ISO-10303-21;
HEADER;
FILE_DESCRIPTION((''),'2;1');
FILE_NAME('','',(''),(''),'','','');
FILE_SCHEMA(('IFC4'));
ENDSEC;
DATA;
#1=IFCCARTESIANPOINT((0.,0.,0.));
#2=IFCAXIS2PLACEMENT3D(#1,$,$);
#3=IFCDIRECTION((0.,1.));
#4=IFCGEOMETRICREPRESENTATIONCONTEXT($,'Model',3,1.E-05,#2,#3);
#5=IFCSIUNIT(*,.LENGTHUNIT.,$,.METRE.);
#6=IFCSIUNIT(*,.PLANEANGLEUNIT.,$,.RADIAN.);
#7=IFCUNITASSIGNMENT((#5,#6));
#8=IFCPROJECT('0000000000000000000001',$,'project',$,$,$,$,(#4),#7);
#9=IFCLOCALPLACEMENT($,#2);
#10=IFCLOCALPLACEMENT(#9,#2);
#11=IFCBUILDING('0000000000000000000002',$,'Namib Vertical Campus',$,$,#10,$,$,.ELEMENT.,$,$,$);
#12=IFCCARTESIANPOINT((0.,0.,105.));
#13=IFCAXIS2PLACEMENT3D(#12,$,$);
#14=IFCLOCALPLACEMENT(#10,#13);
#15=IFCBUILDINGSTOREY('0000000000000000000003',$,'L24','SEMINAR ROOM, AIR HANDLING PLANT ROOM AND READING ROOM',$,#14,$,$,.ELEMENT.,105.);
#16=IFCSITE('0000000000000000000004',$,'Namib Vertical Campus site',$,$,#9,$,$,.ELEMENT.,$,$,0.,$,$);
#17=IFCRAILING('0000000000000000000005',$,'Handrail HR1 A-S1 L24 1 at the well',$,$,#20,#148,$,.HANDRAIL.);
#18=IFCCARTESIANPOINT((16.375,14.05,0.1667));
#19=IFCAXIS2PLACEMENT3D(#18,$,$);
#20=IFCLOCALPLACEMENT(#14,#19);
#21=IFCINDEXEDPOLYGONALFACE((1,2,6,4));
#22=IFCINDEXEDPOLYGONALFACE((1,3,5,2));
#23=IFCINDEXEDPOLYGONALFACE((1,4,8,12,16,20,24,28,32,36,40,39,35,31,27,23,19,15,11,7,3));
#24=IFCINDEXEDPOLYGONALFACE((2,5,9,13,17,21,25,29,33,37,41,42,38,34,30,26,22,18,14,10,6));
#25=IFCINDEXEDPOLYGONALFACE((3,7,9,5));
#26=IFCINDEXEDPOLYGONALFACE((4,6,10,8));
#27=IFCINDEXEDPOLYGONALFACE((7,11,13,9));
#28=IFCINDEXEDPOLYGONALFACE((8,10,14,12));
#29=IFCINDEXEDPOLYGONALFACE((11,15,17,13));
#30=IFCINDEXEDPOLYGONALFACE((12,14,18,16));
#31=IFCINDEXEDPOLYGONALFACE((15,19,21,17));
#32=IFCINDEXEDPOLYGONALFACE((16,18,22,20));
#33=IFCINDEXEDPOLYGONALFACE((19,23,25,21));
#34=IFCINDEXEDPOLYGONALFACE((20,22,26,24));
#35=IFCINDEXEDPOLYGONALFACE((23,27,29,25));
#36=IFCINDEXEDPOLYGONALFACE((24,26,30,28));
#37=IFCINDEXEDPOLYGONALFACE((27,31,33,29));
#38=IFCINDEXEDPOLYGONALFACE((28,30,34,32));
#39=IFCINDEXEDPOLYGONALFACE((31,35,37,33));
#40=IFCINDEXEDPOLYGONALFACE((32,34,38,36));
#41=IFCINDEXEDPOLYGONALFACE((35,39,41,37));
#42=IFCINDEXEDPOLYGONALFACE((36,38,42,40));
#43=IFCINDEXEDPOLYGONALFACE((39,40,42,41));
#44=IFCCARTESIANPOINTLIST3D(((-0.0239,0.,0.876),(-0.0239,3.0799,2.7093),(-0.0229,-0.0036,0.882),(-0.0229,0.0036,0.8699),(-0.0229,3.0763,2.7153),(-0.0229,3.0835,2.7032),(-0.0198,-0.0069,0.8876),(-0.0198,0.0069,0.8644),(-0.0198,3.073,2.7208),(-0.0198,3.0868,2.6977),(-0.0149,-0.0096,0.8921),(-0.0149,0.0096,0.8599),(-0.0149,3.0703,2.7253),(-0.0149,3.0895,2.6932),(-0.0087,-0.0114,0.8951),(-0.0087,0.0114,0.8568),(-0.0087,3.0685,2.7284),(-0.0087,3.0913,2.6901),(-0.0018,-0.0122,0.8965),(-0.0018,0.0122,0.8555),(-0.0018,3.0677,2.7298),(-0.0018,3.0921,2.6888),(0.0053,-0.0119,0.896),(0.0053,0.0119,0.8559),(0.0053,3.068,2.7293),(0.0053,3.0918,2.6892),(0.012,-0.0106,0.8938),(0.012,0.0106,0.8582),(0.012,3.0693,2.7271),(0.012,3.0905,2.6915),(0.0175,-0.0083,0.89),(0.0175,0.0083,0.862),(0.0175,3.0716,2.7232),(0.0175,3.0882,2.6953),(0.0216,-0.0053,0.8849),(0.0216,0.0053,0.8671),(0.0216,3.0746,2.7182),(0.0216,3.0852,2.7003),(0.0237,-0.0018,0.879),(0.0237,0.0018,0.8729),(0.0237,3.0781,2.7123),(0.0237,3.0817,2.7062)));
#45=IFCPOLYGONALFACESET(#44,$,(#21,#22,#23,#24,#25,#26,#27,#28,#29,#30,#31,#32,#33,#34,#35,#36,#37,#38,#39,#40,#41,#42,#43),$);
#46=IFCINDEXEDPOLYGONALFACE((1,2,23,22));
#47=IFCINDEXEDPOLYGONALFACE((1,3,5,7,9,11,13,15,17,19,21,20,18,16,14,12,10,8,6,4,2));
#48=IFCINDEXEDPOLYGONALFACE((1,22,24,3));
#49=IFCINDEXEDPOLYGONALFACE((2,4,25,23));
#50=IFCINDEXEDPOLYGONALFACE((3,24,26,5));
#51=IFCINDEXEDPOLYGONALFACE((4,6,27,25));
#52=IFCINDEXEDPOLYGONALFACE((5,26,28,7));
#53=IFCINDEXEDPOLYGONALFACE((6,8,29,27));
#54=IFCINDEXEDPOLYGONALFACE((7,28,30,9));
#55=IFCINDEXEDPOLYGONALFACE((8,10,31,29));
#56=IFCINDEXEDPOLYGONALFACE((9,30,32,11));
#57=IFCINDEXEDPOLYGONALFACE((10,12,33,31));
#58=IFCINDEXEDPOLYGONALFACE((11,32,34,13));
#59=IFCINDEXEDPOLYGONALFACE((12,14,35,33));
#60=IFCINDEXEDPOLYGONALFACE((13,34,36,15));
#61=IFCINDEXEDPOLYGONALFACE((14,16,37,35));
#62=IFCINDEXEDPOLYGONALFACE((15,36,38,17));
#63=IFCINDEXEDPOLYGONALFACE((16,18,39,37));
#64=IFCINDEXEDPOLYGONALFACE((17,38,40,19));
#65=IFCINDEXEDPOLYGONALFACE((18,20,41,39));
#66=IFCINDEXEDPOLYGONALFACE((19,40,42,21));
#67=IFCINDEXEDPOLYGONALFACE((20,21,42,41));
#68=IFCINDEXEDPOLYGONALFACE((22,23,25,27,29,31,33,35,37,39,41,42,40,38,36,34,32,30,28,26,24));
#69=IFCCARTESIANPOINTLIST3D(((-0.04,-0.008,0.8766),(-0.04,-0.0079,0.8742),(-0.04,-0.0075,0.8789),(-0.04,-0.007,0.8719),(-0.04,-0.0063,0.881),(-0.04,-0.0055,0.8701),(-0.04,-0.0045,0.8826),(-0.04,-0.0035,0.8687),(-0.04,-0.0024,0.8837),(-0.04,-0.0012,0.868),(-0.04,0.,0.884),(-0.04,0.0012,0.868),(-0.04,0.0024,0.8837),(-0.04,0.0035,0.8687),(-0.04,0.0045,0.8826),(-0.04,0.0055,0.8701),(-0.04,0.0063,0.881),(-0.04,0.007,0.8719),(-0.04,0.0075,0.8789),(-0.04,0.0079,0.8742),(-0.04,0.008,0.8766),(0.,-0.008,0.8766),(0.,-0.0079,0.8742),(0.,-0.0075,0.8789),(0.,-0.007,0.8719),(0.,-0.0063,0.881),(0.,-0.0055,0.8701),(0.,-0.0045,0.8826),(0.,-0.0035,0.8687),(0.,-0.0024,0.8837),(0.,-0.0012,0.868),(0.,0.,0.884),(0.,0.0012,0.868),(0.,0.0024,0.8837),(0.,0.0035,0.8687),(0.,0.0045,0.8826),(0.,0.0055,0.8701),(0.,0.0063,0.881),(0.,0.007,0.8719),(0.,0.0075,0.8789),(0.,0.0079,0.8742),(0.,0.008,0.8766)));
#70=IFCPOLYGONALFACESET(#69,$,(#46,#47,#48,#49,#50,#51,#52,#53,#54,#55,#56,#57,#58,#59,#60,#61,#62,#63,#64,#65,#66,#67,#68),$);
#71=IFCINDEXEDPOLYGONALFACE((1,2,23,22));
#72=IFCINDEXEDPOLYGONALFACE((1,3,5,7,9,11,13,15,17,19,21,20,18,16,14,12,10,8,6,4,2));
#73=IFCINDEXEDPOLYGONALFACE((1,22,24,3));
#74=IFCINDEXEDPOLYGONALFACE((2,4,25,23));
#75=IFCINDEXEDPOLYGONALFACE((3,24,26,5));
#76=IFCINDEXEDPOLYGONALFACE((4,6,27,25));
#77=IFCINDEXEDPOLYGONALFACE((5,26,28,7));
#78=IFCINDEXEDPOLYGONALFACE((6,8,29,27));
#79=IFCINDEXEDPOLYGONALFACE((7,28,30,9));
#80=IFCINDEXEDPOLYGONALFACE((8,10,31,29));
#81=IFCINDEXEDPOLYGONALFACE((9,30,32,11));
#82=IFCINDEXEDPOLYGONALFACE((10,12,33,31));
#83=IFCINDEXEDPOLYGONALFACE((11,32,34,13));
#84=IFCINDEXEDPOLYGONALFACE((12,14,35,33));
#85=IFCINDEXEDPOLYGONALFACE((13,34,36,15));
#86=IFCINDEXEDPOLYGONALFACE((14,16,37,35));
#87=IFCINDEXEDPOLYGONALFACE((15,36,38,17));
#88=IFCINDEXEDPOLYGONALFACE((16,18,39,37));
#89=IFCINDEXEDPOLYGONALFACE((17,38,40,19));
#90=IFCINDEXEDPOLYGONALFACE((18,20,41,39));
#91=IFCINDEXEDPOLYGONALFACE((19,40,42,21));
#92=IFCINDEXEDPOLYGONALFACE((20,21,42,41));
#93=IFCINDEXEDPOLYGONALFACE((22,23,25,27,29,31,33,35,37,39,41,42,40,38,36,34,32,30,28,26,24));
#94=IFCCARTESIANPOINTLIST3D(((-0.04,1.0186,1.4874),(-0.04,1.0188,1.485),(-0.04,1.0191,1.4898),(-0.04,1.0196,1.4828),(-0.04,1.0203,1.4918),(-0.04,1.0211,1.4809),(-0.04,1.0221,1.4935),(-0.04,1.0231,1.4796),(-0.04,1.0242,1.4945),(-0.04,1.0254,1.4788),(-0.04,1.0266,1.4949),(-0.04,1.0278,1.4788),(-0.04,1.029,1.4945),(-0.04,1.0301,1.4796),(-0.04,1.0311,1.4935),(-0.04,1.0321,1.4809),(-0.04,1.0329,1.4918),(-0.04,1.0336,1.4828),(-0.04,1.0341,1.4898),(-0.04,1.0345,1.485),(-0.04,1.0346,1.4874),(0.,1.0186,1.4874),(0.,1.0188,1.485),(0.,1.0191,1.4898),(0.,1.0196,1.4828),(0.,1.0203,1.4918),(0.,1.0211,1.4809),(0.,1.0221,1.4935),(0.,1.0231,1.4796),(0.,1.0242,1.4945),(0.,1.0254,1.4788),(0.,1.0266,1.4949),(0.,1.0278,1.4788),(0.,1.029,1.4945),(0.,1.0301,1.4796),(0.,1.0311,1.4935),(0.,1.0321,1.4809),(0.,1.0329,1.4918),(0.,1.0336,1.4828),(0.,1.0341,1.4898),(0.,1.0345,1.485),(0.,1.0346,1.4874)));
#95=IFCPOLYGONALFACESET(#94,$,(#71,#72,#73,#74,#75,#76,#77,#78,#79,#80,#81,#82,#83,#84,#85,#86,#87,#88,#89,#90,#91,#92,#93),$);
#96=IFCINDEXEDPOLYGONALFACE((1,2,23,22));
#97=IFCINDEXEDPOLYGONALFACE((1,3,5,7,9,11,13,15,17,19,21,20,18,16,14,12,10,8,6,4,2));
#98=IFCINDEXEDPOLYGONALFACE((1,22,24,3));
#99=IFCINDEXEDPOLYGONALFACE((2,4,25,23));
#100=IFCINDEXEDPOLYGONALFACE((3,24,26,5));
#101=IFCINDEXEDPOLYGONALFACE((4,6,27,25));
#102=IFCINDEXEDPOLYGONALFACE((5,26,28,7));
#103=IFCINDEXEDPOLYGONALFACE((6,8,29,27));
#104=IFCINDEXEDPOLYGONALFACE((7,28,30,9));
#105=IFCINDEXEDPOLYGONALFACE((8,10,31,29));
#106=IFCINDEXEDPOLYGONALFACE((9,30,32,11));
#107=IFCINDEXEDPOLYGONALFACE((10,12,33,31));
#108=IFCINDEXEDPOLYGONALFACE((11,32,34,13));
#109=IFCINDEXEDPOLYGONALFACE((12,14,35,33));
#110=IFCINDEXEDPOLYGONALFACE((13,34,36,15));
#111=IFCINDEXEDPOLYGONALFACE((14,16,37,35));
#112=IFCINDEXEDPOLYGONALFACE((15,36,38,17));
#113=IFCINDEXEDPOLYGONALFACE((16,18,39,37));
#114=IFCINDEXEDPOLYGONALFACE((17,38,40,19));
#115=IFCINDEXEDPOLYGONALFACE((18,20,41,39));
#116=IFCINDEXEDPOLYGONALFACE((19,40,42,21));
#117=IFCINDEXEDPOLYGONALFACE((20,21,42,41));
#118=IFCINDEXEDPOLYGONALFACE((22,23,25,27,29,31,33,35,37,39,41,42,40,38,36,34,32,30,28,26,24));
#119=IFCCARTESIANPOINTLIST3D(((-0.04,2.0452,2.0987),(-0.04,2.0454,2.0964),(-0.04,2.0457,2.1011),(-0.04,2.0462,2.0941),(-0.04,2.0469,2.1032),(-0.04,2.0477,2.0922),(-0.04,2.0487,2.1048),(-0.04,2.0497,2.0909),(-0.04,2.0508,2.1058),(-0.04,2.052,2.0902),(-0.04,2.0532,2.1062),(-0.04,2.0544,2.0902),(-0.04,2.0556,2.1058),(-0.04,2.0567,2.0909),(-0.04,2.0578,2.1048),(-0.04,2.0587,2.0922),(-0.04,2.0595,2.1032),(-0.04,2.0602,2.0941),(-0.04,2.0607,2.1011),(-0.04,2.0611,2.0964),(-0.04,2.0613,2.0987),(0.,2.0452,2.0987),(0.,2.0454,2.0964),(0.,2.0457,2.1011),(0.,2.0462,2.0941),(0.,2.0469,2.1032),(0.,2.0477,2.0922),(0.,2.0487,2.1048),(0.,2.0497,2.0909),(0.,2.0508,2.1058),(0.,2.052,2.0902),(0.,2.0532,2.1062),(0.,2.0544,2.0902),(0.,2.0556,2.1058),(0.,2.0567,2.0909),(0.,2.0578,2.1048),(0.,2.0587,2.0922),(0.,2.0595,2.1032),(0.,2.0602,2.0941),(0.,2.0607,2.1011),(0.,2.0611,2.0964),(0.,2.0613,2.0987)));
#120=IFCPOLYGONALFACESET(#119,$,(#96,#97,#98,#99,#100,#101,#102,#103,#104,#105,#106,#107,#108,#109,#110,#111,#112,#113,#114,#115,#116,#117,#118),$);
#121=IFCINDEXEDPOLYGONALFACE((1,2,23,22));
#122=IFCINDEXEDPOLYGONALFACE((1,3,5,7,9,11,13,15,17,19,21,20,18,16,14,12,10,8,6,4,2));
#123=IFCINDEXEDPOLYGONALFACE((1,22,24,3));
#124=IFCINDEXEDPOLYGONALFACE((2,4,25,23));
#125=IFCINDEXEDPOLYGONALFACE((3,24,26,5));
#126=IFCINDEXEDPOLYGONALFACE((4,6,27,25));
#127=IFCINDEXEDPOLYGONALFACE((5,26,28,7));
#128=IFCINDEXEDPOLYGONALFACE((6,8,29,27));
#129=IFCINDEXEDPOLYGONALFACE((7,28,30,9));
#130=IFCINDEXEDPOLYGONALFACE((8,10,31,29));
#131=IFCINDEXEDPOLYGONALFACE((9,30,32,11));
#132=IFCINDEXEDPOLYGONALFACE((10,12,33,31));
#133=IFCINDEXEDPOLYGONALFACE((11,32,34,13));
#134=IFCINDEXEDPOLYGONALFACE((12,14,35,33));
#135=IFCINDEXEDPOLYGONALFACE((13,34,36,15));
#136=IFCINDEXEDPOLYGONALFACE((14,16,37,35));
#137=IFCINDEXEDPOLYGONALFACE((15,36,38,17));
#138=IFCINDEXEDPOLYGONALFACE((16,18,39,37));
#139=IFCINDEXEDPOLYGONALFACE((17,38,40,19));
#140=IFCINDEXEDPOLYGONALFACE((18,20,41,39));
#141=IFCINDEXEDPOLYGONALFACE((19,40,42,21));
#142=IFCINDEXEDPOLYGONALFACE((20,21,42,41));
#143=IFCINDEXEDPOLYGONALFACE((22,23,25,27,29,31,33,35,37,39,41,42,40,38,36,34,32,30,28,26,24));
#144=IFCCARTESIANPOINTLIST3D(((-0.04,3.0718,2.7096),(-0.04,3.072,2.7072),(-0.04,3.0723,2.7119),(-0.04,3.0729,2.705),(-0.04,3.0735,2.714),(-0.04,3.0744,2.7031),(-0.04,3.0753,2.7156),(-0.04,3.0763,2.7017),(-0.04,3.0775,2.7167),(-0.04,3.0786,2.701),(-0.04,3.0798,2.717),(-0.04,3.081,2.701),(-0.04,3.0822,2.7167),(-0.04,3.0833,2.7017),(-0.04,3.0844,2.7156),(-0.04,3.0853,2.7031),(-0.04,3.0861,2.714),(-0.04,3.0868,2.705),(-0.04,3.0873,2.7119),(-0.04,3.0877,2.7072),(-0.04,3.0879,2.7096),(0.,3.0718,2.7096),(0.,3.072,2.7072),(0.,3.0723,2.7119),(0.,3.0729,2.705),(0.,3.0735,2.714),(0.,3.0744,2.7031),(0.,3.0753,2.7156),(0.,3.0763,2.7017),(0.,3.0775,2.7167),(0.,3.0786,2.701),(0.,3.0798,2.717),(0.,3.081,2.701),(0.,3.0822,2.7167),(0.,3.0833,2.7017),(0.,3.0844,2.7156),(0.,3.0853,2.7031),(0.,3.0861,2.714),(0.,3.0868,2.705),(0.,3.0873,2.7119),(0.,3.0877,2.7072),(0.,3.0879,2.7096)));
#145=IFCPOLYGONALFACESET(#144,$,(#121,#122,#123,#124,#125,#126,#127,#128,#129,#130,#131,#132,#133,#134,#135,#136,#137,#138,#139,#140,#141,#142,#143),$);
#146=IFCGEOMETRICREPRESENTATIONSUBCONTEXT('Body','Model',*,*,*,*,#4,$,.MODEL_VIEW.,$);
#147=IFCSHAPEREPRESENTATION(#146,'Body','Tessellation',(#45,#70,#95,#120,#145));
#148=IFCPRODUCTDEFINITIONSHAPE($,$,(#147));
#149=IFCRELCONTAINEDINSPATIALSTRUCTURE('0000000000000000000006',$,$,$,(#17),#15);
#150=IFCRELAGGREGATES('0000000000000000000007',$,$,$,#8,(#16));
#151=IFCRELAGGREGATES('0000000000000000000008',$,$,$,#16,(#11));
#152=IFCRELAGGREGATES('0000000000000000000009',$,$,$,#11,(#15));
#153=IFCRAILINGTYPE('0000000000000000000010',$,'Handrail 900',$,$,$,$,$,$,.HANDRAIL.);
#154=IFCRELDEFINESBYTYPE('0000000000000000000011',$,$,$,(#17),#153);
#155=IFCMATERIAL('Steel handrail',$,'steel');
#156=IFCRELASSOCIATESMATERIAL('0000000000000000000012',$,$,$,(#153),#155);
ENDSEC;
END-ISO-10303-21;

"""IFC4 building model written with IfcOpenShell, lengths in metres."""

from ifc_helpers import new_model, si_unit, direction, frame, origin, origin_2d, place, context, subcontext, project, spatial, circle, extrude, material, type_object, element, save


model = new_model("IFC4")

# Units and contexts
model_context = context("Model", 3, precision=1e-05, world=origin(), true_north=direction((0.0, 1.0)))
body_context = subcontext(model_context, "Body", "Model", "MODEL_VIEW")
ifc_project = project(units=[si_unit("LENGTHUNIT", "METRE"), si_unit("PLANEANGLEUNIT", "RADIAN")], contexts=[model_context])

# Site, building, storey
site_placement = place(None, origin())
site = spatial("IfcSite", under=ifc_project, at=site_placement, Name="Namib Vertical Campus site", CompositionType="ELEMENT", RefElevation=0.0)
building_placement = place(site_placement, origin())
building = spatial("IfcBuilding", under=site, at=building_placement, Name="Namib Vertical Campus", CompositionType="ELEMENT")
storey_placement = place(building_placement, frame((0.0, 0.0, 105.0)))
storey = spatial("IfcBuildingStorey", under=building, at=storey_placement, Name="L24", Description="SEMINAR ROOM, AIR HANDLING PLANT ROOM AND READING ROOM", CompositionType="ELEMENT", Elevation=105.0)

# Railing
ifc_material_1 = material(Name="Steel handrail", Category="steel")
railing_type_1 = type_object("IfcRailingType", Name="Handrail 900", PredefinedType="HANDRAIL", material=ifc_material_1)
railing_1_placement = place(storey_placement, frame((16.375, 14.05, 0.1667)))
element("IfcRailing", 1, at=railing_1_placement, inside=storey, type_object=railing_type_1, Name="Handrail HR1 A-S1 L24 1 at the well", PredefinedType="HANDRAIL", context=body_context, shape_type="SweptSolid", body=[
    extrude(circle(Radius=0.0239, at=origin_2d()), frame((0.0, 0.0, 0.876), z_axis=(0.0, 0.859291, 0.511487), x_axis=(-1.0, 0.0, 0.0)), (0.0, 0.0, 1.0), 3.5842),
    extrude(circle(Radius=0.0081, at=origin_2d()), frame((0.0, 0.0, 0.876), z_axis=(-1.0, 0.0, 0.0), x_axis=(0.0, 0.0, 1.0)), (0.0, 0.0, 1.0), 0.04),
    extrude(circle(Radius=0.0081, at=origin_2d()), frame((0.0, 1.0266, 1.4868), z_axis=(-1.0, 0.0, 0.0), x_axis=(0.0, 0.0, 1.0)), (0.0, 0.0, 1.0), 0.04),
    extrude(circle(Radius=0.0081, at=origin_2d()), frame((0.0, 2.0532, 2.0981), z_axis=(-1.0, 0.0, 0.0), x_axis=(0.0, 0.0, 1.0)), (0.0, 0.0, 1.0), 0.04),
    extrude(circle(Radius=0.0081, at=origin_2d()), frame((0.0, 3.0798, 2.709), z_axis=(-1.0, 0.0, 0.0), x_axis=(0.0, 0.0, 1.0)), (0.0, 0.0, 1.0), 0.04),
])

save(model, "model.ifc")
